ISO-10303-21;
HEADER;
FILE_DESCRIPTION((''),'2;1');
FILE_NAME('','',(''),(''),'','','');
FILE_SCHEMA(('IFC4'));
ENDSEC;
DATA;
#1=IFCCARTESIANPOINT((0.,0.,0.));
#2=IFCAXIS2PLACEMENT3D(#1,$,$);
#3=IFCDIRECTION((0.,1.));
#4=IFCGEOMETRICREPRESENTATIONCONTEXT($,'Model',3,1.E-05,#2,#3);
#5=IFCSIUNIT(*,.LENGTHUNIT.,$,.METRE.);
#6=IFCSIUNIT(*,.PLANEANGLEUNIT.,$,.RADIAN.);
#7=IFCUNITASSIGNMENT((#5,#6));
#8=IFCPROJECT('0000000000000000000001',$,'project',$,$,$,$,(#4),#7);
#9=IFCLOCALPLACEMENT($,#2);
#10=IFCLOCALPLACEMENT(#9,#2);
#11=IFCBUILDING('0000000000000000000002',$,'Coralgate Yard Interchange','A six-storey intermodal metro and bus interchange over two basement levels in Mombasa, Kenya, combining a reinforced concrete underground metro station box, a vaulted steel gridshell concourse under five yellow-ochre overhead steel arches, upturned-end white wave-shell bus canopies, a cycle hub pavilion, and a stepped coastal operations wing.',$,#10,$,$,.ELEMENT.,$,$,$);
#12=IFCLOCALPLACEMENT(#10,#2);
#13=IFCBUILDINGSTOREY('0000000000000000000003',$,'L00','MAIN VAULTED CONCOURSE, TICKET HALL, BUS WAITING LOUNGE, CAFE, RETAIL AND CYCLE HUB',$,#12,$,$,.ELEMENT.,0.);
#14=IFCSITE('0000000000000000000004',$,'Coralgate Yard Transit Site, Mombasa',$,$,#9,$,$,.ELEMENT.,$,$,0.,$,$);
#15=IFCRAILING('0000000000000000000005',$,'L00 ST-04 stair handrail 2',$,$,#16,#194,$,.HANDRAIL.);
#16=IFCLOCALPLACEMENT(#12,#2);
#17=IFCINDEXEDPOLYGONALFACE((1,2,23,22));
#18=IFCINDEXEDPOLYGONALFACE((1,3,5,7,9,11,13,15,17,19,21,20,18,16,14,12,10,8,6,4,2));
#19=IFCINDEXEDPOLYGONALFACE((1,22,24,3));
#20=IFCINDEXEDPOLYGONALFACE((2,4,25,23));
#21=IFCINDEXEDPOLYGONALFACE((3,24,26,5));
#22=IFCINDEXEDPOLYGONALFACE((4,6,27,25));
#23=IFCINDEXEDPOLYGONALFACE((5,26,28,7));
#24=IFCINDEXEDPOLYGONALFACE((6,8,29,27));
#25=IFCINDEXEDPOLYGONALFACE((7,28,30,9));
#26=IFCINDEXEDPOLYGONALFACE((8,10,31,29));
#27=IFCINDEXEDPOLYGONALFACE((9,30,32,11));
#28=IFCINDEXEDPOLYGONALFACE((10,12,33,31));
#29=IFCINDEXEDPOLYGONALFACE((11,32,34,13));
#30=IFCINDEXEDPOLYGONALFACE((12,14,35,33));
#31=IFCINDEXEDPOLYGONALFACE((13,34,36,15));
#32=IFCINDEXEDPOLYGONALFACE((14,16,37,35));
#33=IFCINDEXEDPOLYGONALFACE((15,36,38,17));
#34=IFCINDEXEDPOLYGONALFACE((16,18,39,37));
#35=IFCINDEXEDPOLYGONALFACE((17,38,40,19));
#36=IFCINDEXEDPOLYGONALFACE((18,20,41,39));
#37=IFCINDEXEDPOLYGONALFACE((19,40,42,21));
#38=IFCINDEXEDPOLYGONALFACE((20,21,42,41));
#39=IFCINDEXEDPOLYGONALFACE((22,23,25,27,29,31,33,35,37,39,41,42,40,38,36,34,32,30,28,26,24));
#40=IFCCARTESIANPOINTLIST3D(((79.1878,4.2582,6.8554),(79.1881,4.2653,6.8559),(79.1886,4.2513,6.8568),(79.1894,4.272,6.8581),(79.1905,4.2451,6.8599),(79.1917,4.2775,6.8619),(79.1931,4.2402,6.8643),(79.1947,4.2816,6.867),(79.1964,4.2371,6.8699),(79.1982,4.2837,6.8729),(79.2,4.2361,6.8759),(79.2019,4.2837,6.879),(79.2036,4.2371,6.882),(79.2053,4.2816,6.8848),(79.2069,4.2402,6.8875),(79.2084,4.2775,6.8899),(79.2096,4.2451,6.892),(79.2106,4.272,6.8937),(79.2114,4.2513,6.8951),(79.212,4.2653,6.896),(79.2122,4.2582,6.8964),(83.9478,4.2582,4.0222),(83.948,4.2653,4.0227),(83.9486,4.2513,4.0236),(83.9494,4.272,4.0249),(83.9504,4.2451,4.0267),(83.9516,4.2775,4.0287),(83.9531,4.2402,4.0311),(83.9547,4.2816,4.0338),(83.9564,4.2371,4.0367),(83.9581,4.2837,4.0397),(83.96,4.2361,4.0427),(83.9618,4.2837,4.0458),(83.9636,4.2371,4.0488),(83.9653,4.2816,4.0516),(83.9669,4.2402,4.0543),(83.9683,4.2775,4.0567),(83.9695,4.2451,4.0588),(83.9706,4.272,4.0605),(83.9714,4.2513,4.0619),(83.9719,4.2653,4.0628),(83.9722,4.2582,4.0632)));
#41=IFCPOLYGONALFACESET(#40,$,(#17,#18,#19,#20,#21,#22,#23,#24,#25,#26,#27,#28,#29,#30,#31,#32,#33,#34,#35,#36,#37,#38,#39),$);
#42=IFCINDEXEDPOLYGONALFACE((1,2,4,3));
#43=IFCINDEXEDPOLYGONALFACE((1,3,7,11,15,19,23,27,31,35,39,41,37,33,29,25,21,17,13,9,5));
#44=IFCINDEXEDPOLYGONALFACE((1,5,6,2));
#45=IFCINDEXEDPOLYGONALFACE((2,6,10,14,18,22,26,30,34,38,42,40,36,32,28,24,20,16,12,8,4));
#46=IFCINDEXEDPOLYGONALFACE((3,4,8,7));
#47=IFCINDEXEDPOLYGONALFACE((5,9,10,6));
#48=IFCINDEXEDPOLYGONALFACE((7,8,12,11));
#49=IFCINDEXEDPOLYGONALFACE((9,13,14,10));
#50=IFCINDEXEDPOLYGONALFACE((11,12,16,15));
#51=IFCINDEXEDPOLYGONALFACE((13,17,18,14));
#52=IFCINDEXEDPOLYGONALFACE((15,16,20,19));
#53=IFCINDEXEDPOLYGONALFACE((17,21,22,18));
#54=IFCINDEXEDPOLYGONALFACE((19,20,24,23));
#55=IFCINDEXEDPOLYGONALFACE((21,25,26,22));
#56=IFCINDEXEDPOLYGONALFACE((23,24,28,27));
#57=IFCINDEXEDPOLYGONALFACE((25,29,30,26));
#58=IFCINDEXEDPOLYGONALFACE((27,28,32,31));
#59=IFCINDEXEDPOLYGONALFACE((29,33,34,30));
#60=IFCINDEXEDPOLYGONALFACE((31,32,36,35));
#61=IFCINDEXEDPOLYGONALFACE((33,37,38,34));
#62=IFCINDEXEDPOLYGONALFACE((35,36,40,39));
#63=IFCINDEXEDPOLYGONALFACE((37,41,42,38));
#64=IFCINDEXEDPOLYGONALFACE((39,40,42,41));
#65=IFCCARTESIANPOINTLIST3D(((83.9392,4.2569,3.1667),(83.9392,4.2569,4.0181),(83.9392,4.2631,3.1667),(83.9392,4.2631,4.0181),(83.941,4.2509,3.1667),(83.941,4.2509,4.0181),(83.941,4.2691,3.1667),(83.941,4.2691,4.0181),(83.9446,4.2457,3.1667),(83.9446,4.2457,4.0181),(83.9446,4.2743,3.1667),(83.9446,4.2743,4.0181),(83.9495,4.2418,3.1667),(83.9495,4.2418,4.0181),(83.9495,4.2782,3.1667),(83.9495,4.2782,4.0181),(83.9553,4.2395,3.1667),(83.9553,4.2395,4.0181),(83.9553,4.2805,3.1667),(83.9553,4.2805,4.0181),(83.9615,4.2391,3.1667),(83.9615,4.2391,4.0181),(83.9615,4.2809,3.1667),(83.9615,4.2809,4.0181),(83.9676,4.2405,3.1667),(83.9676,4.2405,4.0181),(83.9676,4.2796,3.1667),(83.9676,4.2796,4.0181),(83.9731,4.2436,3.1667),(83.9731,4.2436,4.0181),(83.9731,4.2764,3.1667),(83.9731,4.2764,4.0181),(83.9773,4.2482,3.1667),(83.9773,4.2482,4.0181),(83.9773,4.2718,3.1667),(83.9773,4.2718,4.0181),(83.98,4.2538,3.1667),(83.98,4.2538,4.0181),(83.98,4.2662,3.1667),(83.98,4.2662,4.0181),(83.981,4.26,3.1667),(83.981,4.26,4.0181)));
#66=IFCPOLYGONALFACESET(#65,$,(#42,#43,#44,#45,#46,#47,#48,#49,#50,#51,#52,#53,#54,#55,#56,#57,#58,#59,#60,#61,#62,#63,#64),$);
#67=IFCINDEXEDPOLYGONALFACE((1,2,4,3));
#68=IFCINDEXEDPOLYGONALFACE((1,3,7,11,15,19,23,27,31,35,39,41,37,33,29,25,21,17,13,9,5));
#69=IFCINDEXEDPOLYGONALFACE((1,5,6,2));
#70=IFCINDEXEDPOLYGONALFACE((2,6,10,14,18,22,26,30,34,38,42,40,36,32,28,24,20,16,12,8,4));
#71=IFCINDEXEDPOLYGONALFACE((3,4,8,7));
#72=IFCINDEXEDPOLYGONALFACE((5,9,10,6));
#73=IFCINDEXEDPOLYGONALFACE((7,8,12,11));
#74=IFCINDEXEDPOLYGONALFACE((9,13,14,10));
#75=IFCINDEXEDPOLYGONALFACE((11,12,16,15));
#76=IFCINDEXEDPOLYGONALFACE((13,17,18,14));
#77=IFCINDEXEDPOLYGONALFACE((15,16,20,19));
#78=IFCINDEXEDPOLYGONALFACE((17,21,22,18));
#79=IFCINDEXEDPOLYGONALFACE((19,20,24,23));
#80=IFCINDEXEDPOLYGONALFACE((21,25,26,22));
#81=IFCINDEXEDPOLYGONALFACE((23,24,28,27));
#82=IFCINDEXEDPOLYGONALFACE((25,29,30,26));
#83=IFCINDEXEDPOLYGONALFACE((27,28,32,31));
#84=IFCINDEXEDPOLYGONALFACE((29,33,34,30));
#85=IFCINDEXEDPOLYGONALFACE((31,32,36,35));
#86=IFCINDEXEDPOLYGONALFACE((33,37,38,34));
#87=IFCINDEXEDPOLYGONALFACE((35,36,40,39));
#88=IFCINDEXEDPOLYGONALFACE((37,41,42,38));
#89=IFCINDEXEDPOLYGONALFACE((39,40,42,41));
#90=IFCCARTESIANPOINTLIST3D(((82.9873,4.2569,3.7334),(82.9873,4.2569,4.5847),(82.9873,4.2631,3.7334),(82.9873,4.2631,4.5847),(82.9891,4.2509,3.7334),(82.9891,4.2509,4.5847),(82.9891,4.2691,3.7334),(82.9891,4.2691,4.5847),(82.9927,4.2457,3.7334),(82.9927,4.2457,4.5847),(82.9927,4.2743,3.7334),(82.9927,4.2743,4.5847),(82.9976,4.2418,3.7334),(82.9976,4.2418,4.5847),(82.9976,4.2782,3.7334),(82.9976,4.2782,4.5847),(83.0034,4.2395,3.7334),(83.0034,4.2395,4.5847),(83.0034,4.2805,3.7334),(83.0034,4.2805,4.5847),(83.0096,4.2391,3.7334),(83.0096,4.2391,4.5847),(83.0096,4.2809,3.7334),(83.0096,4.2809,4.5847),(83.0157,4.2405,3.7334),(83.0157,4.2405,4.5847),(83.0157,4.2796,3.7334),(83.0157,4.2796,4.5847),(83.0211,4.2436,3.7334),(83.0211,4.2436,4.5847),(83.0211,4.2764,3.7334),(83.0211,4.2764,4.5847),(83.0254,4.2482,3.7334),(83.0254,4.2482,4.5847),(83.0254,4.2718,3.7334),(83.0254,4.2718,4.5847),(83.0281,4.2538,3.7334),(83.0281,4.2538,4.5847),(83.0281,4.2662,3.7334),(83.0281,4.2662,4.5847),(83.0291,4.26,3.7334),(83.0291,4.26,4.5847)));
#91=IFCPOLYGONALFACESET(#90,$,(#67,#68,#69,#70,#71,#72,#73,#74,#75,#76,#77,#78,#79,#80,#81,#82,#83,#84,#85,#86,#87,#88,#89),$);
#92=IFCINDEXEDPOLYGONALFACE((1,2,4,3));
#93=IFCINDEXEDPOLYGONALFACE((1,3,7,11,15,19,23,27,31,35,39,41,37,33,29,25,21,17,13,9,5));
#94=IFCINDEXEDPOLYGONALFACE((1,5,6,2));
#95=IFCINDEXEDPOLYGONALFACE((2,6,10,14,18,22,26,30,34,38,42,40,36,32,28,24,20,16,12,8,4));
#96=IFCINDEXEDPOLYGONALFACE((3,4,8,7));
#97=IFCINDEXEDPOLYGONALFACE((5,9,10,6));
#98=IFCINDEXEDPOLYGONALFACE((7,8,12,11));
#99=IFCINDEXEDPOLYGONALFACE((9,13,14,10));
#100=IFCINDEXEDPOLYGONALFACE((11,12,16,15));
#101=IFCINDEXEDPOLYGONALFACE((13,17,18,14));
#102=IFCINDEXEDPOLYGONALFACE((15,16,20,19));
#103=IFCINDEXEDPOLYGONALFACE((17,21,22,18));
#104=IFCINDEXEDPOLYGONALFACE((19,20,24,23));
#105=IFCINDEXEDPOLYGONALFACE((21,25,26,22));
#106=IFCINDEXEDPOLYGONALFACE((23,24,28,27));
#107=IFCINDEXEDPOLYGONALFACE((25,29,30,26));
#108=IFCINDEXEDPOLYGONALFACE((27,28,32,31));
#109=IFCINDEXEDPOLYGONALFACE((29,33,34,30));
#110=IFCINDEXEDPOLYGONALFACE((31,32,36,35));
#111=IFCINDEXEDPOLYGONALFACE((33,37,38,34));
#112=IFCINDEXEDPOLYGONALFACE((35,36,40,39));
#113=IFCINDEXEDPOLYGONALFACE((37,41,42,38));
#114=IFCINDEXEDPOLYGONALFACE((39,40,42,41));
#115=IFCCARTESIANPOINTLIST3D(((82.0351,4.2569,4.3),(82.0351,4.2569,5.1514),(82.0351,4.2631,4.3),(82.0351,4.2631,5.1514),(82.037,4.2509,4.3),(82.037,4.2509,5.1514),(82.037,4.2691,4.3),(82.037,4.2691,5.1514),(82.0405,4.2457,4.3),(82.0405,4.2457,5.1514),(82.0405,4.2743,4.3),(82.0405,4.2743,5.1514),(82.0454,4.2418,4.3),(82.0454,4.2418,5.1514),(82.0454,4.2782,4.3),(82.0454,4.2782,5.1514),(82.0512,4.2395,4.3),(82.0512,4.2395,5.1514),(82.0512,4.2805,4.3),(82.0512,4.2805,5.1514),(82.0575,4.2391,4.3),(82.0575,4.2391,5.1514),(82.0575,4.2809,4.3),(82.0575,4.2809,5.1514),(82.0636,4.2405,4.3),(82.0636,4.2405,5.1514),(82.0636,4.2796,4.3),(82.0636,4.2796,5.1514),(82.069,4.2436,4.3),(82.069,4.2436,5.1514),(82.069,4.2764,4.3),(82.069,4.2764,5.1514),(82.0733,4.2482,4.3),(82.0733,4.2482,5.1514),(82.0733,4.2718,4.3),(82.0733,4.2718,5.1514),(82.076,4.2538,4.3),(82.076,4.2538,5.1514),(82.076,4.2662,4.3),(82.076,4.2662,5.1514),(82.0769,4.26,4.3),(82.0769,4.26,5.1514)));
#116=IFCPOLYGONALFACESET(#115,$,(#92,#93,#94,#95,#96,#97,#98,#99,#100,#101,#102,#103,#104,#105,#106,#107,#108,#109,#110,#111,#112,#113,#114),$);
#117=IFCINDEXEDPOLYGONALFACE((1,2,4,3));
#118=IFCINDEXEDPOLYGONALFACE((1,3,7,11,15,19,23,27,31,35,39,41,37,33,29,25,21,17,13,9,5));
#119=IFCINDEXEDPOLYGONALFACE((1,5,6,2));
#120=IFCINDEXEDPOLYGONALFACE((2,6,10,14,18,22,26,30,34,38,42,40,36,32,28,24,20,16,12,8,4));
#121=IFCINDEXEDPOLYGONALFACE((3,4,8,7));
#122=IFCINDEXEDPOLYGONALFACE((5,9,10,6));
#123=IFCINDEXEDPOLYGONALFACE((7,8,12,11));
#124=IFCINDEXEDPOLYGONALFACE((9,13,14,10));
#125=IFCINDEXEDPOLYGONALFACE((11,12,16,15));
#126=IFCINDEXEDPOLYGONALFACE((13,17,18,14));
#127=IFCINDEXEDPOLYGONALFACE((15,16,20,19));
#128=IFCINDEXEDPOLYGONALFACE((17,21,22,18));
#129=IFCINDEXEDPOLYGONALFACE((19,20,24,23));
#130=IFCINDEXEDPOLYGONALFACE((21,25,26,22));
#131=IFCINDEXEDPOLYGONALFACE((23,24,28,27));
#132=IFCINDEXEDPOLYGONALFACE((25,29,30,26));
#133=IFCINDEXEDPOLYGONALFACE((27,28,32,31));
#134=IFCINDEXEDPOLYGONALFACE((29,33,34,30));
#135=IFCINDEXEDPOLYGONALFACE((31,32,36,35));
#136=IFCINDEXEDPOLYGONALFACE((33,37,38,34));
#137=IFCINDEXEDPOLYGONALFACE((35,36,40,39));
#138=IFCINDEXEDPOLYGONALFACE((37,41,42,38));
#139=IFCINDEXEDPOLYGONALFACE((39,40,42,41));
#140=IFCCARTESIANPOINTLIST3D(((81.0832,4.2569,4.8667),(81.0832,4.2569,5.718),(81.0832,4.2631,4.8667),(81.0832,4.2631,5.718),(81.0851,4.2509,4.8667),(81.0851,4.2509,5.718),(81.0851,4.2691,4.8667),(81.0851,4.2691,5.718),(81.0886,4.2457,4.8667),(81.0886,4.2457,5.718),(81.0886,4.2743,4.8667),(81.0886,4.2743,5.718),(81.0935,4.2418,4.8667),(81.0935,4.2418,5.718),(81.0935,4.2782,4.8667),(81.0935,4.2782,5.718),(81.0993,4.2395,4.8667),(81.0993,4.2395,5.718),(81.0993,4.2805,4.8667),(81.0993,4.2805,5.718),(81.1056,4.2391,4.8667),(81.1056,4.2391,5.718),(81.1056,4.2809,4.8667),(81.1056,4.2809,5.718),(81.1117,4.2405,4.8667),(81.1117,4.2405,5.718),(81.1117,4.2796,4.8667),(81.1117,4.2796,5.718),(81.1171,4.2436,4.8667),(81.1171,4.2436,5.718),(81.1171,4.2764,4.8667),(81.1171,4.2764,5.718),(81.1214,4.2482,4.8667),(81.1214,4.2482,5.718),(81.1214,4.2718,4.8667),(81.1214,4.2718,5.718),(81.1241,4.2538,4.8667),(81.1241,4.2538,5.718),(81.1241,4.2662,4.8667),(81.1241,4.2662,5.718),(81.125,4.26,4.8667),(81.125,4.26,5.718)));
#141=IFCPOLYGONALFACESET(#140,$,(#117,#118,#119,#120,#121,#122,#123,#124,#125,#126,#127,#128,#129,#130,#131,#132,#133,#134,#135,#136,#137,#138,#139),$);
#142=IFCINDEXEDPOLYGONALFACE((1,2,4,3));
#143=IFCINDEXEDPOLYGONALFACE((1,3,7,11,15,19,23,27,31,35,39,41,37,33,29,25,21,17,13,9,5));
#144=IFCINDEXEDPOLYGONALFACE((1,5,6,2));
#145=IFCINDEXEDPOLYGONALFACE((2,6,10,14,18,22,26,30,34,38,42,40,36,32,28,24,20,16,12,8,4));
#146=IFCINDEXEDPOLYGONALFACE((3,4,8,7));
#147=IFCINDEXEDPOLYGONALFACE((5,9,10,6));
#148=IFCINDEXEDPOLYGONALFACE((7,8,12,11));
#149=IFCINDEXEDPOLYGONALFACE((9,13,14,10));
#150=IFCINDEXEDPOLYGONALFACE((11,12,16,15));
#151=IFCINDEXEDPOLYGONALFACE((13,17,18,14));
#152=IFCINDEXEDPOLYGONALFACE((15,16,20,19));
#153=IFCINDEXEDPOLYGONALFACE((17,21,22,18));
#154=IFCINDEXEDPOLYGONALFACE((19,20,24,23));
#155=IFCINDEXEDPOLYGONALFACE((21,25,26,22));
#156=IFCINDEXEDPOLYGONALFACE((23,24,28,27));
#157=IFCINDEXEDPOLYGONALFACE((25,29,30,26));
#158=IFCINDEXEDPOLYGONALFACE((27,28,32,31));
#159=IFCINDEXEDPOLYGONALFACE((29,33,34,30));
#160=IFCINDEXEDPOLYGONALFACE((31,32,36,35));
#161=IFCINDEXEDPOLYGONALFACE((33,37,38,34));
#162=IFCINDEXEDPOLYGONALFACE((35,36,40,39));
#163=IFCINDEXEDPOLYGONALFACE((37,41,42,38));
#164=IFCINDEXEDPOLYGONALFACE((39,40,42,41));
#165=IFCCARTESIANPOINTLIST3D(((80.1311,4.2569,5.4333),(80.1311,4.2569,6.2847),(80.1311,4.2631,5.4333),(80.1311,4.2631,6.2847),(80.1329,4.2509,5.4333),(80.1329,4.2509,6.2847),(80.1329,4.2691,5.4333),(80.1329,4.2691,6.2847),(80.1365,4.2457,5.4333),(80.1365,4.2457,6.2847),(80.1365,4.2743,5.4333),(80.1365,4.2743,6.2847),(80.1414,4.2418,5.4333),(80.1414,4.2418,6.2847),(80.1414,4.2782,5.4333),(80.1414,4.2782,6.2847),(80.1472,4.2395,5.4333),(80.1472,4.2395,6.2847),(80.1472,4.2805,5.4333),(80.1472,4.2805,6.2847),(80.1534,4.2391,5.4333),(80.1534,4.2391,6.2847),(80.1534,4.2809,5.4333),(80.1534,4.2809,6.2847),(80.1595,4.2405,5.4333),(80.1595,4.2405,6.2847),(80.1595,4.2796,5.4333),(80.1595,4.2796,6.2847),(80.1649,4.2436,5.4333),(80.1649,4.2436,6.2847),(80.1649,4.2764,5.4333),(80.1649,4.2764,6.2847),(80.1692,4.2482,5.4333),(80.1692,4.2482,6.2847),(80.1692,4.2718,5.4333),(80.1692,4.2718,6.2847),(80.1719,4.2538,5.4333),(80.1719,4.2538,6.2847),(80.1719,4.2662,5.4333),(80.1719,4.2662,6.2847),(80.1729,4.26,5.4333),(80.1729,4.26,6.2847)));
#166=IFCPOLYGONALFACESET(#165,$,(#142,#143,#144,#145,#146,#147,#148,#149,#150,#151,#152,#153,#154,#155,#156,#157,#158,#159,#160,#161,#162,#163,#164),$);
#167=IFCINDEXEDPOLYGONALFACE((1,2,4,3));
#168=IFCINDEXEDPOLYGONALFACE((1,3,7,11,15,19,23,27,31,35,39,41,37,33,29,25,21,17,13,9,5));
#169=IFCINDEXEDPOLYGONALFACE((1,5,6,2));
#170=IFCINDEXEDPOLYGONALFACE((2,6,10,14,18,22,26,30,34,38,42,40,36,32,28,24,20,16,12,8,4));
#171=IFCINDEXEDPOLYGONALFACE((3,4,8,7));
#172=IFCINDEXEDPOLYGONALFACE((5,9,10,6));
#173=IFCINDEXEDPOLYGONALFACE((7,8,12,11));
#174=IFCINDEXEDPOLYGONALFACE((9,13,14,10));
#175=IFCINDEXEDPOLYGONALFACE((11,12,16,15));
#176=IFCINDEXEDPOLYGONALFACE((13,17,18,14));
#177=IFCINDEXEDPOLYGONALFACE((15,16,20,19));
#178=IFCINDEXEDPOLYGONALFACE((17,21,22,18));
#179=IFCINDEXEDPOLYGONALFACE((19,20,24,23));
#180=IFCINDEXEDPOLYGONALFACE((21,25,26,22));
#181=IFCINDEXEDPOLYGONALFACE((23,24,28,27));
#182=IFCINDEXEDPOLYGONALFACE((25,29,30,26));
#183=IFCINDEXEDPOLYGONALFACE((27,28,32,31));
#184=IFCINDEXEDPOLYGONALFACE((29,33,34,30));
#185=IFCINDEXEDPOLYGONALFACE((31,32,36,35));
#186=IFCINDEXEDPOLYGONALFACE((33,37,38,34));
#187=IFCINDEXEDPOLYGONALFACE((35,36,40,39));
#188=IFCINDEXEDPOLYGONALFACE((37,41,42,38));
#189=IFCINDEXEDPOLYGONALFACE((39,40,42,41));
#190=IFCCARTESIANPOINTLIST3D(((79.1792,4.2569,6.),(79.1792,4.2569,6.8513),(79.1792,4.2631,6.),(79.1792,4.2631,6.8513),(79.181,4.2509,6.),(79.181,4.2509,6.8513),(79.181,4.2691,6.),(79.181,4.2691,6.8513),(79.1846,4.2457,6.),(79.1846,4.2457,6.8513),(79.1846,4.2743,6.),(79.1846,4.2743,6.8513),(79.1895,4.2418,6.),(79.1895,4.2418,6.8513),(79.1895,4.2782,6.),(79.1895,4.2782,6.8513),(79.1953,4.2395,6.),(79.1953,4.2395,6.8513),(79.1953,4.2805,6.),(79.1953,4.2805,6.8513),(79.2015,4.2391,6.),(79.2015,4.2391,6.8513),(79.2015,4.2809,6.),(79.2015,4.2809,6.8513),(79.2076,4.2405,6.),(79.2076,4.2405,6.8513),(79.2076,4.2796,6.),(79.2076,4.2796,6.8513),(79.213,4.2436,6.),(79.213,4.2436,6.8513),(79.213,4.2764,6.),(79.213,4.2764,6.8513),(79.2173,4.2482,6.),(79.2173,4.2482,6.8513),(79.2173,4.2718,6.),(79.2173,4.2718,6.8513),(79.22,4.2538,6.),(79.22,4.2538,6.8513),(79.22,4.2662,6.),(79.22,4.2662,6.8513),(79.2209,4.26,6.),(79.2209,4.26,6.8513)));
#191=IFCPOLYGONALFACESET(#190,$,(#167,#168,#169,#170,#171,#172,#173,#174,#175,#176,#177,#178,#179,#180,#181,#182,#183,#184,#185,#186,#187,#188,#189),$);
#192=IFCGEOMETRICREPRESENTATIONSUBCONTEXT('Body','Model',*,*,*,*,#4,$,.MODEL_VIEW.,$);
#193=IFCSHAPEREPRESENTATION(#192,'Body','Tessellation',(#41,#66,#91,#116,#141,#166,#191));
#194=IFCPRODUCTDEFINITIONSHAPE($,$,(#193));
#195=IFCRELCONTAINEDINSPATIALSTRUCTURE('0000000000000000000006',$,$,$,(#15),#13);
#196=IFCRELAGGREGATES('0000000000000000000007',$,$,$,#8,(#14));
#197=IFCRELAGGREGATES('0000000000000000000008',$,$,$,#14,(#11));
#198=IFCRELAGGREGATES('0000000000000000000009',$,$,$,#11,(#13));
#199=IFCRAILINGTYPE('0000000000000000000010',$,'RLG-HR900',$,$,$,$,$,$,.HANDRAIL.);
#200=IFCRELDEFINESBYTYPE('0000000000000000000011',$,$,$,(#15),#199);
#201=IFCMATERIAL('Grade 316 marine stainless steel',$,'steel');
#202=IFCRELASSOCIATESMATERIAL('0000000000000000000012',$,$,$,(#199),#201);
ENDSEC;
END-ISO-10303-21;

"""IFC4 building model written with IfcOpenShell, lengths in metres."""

from ifc_helpers import new_model, si_unit, direction, frame, origin, origin_2d, place, context, subcontext, project, spatial, circle, extrude, material, type_object, element, save


model = new_model("IFC4")

# Units and contexts
model_context = context("Model", 3, precision=1e-05, world=origin(), true_north=direction((0.0, 1.0)))
body_context = subcontext(model_context, "Body", "Model", "MODEL_VIEW")
ifc_project = project(units=[si_unit("LENGTHUNIT", "METRE"), si_unit("PLANEANGLEUNIT", "RADIAN")], contexts=[model_context])

# Site, building, storey
site_placement = place(None, origin())
site = spatial("IfcSite", under=ifc_project, at=site_placement, Name="Coralgate Yard Transit Site, Mombasa", CompositionType="ELEMENT", RefElevation=0.0)
building_placement = place(site_placement, origin())
building = spatial("IfcBuilding", under=site, at=building_placement, Name="Coralgate Yard Interchange", Description="A six-storey intermodal metro and bus interchange over two basement levels in Mombasa, Kenya, combining a reinforced concrete underground metro station box, a vaulted steel gridshell concourse under five yellow-ochre overhead steel arches, upturned-end white wave-shell bus canopies, a cycle hub pavilion, and a stepped coastal operations wing.", CompositionType="ELEMENT")
storey_placement = place(building_placement, origin())
storey = spatial("IfcBuildingStorey", under=building, at=storey_placement, Name="L00", Description="MAIN VAULTED CONCOURSE, TICKET HALL, BUS WAITING LOUNGE, CAFE, RETAIL AND CYCLE HUB", CompositionType="ELEMENT", Elevation=0.0)

# Railing
ifc_material_1 = material(Name="Grade 316 marine stainless steel", Category="steel")
railing_type_1 = type_object("IfcRailingType", Name="RLG-HR900", PredefinedType="HANDRAIL", material=ifc_material_1)
railing_1_placement = place(storey_placement, frame((83.96, 4.26, 3.1667)))
element("IfcRailing", 1, at=railing_1_placement, inside=storey, type_object=railing_type_1, Name="L00 ST-04 stair handrail 2", PredefinedType="HANDRAIL", context=body_context, shape_type="SweptSolid", body=[
    extrude(circle(Radius=0.0239, at=origin_2d()), frame((0.0, 0.0, 0.876), z_axis=(-0.8593, 0.0, 0.511472), x_axis=(0.0, -1.0, 0.0)), (0.0, 0.0, 1.0), 5.5393),
    extrude(circle(Radius=0.021, at=origin_2d()), origin(), (0.0, 0.0, 1.0), 0.8513),
    extrude(circle(Radius=0.021, at=origin_2d()), frame((-0.9519, 0.0, 0.5667)), (0.0, 0.0, 1.0), 0.8513),
    extrude(circle(Radius=0.021, at=origin_2d()), frame((-1.9041, 0.0, 1.1333)), (0.0, 0.0, 1.0), 0.8513),
    extrude(circle(Radius=0.021, at=origin_2d()), frame((-2.856, 0.0, 1.7)), (0.0, 0.0, 1.0), 0.8513),
    extrude(circle(Radius=0.021, at=origin_2d()), frame((-3.8081, 0.0, 2.2666)), (0.0, 0.0, 1.0), 0.8513),
    extrude(circle(Radius=0.021, at=origin_2d()), frame((-4.76, 0.0, 2.8333)), (0.0, 0.0, 1.0), 0.8513),
])

save(model, "model.ifc")
